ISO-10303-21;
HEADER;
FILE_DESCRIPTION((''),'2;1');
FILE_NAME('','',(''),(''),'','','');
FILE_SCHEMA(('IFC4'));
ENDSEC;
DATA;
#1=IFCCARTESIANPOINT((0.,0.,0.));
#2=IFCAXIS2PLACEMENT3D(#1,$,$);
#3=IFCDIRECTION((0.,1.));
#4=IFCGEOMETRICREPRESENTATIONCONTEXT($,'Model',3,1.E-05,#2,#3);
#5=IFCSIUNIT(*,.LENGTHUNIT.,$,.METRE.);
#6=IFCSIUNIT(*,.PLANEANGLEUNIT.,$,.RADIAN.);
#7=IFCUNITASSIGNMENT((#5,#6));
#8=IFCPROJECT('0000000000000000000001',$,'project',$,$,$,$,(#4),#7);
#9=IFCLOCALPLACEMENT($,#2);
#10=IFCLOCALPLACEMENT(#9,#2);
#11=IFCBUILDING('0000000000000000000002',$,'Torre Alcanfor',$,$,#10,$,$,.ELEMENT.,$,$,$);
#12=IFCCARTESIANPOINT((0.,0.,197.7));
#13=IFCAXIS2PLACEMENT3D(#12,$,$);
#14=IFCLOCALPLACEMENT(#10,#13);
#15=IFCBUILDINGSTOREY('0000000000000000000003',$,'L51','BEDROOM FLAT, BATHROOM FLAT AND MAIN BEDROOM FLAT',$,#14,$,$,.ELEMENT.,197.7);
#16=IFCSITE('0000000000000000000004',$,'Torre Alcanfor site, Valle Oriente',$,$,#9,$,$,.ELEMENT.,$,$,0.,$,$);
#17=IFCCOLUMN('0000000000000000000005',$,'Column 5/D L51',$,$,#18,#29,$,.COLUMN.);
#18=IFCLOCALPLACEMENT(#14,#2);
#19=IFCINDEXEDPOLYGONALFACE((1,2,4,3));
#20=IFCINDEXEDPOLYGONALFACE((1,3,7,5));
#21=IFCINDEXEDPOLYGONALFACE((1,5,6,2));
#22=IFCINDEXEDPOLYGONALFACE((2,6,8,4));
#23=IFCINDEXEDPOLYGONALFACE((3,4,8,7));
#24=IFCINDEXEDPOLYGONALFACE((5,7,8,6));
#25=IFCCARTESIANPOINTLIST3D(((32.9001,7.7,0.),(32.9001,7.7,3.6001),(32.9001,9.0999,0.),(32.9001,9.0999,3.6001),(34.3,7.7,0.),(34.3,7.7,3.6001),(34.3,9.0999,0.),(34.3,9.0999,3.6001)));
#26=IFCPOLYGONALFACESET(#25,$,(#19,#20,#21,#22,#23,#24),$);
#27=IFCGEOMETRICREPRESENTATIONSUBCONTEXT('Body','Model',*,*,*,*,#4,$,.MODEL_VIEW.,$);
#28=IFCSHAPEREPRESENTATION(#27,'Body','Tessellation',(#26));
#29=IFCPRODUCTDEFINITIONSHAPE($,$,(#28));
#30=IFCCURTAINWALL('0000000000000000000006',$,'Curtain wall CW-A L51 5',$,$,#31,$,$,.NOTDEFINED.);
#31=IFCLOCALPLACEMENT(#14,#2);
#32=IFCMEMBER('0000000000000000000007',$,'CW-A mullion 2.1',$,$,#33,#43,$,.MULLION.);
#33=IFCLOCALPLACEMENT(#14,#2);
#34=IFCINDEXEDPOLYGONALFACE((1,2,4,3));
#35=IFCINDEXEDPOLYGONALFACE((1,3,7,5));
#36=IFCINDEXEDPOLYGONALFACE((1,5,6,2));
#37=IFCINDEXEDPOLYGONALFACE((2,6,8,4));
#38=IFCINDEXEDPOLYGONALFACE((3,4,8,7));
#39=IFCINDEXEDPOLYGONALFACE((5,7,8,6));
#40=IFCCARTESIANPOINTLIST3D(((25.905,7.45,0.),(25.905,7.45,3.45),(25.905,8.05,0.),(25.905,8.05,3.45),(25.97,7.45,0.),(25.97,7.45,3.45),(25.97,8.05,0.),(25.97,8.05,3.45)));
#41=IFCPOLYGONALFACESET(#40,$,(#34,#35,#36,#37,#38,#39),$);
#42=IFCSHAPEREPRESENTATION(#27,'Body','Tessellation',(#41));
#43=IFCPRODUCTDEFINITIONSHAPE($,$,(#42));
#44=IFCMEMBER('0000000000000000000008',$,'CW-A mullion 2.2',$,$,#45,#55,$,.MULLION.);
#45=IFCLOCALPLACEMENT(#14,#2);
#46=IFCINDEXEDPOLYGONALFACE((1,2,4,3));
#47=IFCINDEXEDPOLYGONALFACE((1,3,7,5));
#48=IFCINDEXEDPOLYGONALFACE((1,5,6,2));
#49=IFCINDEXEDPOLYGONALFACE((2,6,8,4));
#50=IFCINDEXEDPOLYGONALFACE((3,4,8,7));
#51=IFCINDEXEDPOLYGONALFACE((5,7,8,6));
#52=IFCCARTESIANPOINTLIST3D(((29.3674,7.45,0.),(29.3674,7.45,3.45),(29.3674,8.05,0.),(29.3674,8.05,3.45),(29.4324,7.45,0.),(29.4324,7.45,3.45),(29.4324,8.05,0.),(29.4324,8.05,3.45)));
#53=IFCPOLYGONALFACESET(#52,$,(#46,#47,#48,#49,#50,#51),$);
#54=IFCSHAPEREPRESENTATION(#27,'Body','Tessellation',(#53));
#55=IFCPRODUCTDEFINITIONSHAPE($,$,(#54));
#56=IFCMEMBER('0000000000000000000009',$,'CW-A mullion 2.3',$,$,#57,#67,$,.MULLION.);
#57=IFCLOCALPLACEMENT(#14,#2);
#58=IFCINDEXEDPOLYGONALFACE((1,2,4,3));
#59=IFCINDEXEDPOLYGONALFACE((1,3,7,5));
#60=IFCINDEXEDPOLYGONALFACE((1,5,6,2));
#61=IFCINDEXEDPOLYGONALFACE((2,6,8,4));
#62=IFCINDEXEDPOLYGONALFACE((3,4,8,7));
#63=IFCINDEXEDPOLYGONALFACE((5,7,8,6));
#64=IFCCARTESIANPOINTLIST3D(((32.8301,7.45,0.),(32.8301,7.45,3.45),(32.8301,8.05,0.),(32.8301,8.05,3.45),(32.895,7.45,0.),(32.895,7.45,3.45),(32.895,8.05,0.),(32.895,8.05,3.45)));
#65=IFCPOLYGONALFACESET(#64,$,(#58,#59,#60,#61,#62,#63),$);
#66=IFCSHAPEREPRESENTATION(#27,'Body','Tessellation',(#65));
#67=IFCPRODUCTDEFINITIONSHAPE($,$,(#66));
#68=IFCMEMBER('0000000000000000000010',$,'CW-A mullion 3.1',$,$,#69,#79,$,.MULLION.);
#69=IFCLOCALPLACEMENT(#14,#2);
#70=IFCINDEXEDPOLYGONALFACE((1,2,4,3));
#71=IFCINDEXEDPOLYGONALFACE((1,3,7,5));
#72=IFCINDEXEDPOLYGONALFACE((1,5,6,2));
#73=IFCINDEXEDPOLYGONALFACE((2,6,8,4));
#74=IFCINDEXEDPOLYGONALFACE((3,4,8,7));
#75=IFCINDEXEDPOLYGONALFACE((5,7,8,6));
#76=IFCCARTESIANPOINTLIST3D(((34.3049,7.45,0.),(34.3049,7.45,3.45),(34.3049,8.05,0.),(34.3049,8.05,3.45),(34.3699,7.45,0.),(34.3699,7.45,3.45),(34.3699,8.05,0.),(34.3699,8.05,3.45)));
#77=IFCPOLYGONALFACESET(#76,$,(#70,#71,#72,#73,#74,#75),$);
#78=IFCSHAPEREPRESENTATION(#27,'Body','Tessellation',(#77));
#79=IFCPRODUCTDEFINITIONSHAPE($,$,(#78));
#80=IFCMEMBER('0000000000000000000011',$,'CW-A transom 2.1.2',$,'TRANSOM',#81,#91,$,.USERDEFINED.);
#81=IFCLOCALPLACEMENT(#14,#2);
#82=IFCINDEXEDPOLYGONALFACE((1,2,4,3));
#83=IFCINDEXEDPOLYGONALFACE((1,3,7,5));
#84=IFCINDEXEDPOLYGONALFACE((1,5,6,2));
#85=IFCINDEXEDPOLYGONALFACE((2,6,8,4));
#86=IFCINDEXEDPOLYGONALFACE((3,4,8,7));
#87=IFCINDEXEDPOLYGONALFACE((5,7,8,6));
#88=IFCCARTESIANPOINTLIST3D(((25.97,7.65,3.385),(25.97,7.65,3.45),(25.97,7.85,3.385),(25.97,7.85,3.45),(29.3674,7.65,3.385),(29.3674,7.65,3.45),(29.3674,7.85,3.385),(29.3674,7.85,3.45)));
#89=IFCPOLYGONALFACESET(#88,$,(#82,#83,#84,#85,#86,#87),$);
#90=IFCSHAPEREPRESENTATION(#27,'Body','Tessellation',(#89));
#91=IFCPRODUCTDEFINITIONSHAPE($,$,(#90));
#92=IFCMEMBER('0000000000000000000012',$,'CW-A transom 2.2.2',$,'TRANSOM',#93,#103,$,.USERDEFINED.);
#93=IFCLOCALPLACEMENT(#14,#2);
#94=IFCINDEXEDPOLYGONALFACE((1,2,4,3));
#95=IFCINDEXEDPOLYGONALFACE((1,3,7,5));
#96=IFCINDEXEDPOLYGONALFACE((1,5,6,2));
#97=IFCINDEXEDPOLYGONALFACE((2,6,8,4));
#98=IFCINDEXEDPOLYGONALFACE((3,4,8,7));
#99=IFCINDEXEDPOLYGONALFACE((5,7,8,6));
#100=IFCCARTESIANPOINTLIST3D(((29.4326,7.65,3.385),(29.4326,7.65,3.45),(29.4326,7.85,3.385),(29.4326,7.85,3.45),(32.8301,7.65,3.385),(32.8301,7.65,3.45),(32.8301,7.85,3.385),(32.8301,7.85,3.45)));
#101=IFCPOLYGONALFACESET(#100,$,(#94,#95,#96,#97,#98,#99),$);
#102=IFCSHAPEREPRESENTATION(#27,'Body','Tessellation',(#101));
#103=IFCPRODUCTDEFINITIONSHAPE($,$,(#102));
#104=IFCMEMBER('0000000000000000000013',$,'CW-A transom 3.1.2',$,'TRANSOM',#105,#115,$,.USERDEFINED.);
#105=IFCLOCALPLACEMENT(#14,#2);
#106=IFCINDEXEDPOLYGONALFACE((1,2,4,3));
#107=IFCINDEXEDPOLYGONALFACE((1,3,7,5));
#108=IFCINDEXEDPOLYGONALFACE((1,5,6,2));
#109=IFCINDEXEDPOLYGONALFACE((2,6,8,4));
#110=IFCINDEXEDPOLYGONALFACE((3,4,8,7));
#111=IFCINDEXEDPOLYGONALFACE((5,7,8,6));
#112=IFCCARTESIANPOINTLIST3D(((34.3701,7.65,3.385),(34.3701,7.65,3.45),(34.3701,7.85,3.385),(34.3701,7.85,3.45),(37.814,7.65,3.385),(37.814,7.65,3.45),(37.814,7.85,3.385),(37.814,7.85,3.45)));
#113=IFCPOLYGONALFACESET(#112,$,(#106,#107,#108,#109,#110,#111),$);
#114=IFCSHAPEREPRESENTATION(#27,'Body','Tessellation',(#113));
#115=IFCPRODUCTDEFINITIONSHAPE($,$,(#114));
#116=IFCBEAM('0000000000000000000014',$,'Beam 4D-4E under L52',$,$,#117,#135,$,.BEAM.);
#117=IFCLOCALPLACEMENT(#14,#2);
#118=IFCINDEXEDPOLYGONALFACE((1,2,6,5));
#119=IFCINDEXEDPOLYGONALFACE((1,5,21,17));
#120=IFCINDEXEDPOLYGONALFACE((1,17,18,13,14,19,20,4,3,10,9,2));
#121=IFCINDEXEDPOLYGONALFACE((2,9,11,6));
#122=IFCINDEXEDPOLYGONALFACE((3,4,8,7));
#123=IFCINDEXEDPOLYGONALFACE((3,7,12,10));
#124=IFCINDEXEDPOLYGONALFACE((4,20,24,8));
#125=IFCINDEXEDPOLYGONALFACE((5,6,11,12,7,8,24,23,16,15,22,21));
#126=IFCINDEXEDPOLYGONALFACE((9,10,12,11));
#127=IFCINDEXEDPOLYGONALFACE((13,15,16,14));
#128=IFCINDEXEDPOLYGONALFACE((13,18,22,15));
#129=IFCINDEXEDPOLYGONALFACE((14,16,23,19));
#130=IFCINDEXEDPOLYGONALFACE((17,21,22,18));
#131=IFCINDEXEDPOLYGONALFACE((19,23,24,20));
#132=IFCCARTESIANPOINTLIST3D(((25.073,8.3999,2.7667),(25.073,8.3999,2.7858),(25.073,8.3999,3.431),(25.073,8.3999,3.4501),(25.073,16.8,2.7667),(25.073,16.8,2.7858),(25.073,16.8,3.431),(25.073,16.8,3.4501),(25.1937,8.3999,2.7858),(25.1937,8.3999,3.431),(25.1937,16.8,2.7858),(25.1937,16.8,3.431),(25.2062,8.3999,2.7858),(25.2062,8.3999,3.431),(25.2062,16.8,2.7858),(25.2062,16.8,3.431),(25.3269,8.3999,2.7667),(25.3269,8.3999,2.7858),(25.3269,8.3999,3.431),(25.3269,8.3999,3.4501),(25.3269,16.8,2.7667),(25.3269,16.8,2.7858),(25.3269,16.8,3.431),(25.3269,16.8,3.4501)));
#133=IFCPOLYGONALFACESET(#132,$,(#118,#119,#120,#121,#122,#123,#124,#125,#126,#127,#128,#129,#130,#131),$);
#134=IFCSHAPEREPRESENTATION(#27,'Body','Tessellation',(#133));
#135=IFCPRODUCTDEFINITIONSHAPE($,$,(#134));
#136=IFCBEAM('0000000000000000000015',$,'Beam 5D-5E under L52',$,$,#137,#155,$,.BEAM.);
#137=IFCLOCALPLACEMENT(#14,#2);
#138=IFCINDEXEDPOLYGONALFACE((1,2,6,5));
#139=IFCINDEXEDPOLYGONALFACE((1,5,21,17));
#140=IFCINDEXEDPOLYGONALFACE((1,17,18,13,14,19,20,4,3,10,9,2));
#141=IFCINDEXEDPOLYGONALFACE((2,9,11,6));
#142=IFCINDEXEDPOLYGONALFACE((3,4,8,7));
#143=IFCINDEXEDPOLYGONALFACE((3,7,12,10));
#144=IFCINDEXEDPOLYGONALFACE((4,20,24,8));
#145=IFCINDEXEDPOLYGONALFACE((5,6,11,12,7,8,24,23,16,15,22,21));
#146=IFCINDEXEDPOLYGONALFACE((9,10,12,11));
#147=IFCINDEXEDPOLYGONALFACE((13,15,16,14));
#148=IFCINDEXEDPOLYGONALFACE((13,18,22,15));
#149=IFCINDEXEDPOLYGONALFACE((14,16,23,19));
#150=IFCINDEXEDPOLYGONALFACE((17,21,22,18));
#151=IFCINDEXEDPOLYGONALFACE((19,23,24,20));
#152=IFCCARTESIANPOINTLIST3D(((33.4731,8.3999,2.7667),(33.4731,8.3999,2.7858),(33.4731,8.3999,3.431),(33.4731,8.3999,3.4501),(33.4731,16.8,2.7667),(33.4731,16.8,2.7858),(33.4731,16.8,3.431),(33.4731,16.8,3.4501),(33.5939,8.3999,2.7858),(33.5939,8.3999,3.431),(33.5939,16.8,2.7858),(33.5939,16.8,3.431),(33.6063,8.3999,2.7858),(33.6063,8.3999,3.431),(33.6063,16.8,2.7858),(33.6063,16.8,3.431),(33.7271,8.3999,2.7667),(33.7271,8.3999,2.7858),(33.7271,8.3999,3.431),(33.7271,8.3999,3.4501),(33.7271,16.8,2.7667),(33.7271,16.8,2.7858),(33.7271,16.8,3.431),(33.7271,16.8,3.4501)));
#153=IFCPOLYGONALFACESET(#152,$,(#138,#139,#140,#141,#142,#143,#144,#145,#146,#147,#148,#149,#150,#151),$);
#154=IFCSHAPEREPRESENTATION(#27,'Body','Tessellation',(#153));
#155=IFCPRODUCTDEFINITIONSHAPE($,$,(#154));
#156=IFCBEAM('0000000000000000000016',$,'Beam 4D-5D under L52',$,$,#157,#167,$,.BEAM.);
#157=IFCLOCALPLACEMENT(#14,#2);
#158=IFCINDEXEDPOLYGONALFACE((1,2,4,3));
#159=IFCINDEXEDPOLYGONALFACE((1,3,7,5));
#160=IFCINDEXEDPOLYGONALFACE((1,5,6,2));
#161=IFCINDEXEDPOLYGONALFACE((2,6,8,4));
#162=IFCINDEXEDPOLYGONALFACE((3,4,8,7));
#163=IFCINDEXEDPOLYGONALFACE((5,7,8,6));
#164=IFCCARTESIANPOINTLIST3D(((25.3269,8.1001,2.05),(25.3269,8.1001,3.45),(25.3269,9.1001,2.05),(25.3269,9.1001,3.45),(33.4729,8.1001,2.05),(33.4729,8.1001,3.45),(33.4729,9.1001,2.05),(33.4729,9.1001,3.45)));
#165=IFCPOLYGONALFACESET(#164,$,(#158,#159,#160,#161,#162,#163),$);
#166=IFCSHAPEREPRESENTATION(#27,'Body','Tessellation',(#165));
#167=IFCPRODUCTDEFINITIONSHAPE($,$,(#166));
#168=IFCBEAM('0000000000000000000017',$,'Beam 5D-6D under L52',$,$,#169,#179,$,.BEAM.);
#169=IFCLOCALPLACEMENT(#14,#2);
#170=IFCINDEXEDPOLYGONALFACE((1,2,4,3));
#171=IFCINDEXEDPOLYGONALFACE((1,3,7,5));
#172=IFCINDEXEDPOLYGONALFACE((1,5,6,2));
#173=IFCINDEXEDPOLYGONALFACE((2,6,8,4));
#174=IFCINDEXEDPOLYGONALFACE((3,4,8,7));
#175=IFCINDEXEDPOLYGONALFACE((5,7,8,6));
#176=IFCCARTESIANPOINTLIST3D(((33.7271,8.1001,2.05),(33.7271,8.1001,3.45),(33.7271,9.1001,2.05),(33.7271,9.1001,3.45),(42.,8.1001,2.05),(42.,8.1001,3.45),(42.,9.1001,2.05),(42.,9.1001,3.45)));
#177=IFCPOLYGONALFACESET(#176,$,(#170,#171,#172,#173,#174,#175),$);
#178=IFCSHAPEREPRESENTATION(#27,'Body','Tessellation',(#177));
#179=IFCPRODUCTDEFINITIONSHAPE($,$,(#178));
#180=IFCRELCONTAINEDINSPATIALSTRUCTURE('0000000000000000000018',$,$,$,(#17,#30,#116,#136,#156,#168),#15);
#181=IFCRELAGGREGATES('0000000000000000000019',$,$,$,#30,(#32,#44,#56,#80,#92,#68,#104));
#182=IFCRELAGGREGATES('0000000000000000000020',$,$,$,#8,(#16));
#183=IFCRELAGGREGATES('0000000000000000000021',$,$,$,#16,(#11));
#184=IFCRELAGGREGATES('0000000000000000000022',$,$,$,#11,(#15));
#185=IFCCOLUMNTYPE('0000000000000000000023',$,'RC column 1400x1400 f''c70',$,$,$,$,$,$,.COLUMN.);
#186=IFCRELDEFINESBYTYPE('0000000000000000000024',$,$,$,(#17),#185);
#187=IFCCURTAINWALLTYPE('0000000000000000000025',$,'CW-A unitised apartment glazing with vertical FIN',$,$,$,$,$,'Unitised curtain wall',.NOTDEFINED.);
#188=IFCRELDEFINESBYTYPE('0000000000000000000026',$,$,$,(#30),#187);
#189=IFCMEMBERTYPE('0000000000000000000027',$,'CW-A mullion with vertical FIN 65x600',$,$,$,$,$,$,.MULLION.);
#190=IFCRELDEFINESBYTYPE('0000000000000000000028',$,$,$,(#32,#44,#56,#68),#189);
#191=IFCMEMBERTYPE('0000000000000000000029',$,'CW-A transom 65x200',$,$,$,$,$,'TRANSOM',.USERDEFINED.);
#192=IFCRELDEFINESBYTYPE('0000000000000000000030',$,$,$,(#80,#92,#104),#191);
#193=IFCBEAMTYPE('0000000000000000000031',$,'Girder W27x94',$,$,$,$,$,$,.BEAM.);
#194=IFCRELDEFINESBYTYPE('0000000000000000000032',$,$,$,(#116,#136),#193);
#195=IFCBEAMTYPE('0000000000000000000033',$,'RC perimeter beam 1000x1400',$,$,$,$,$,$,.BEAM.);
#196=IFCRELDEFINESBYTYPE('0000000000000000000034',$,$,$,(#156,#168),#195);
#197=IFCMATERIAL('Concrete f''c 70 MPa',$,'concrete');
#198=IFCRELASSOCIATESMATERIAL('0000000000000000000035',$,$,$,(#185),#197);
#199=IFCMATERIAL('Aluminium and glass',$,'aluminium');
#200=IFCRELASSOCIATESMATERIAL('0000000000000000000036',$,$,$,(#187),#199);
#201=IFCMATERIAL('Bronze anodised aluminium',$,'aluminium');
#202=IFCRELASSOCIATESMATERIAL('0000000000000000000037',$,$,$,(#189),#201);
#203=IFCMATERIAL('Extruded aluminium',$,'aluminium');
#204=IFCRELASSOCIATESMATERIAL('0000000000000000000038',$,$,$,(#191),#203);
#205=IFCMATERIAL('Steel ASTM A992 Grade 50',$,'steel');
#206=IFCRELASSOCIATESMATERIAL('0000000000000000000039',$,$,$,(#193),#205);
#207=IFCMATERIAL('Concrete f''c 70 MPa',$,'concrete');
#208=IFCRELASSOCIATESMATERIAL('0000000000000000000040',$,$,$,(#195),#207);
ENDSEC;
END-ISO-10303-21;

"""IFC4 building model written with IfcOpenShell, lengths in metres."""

from ifc_helpers import new_model, si_unit, direction, frame, origin, origin_2d, place, context, subcontext, project, spatial, rectangle, i_section, extrude, material, material_profile, profile_set, type_object, element, aggregate, save


model = new_model("IFC4")

# Units and contexts
model_context = context("Model", 3, precision=1e-05, world=origin(), true_north=direction((0.0, 1.0)))
body_context = subcontext(model_context, "Body", "Model", "MODEL_VIEW")
ifc_project = project(units=[si_unit("LENGTHUNIT", "METRE"), si_unit("PLANEANGLEUNIT", "RADIAN")], contexts=[model_context])

# Site, building, storey
site_placement = place(None, origin())
site = spatial("IfcSite", under=ifc_project, at=site_placement, Name="Torre Alcanfor site, Valle Oriente", CompositionType="ELEMENT", RefElevation=0.0)
building_placement = place(site_placement, origin())
building = spatial("IfcBuilding", under=site, at=building_placement, Name="Torre Alcanfor", CompositionType="ELEMENT")
storey_placement = place(building_placement, frame((0.0, 0.0, 197.7)))
storey = spatial("IfcBuildingStorey", under=building, at=storey_placement, Name="L51", Description="BEDROOM FLAT, BATHROOM FLAT AND MAIN BEDROOM FLAT", CompositionType="ELEMENT", Elevation=197.7)

# Column
ifc_material_1 = material(Name="Concrete f'c 70 MPa", Category="concrete")
ifc_material_profile_1 = material_profile(ifc_material_1, rectangle(XDim=1.3999, YDim=1.3999, at=origin_2d()), Name="1400x1400")
ifc_profile_set_1 = profile_set([ifc_material_profile_1], Name="Concrete f'c 70 MPa")
column_type = type_object("IfcColumnType", Name="RC column 1400x1400 f'c70", PredefinedType="COLUMN", material=ifc_profile_set_1)
column_placement = place(storey_placement, frame((33.6001, 8.3999, 0.0), z_axis=(0.0, 0.0, 1.0), x_axis=(1.0, 0.0, 0.0)))
element("IfcColumn", 1, at=column_placement, inside=storey, type_object=column_type, Name="Column 5/D L51", PredefinedType="COLUMN", context=body_context, shape_type="SweptSolid", body=[
    extrude(rectangle(XDim=1.3999, YDim=1.3999, at=origin_2d()), origin(), (0.0, 0.0, 1.0), 3.6001),
])

# Curtain wall, members
ifc_material_2 = material(Name="Aluminium and glass", Category="aluminium")
curtain_wall_type = type_object("IfcCurtainWallType", Name="CW-A unitised apartment glazing with vertical FIN", ElementType="Unitised curtain wall", PredefinedType="NOTDEFINED", material=ifc_material_2)
curtain_wall_placement = place(storey_placement, origin())
curtain_wall = element("IfcCurtainWall", 2, at=curtain_wall_placement, inside=storey, type_object=curtain_wall_type, Name="Curtain wall CW-A L51 5", PredefinedType="NOTDEFINED")
ifc_material_3 = material(Name="Bronze anodised aluminium", Category="aluminium")
ifc_material_profile_2 = material_profile(ifc_material_3, rectangle(XDim=0.6001, YDim=0.0649, at=origin_2d()), Name="CW-A mullion 65x600")
ifc_profile_set_2 = profile_set([ifc_material_profile_2], Name="Bronze anodised aluminium")
member_type_1 = type_object("IfcMemberType", Name="CW-A mullion with vertical FIN 65x600", PredefinedType="MULLION", material=ifc_profile_set_2)
member_1_placement = place(storey_placement, frame((25.9375, 7.75, 0.0), z_axis=(0.0, 0.0, 1.0), x_axis=(0.0, 1.0, 0.0)))
member_1 = element("IfcMember", 3, at=member_1_placement, type_object=member_type_1, Name="CW-A mullion 2.1", PredefinedType="MULLION", context=body_context, shape_type="SweptSolid", body=[
    extrude(rectangle(XDim=0.6001, YDim=0.0649, at=origin_2d()), origin(), (0.0, 0.0, 1.0), 3.45),
])
member_2_placement = place(storey_placement, frame((29.3999, 7.75, 0.0), z_axis=(0.0, 0.0, 1.0), x_axis=(0.0, 1.0, 0.0)))
member_2 = element("IfcMember", 4, at=member_2_placement, type_object=member_type_1, Name="CW-A mullion 2.2", PredefinedType="MULLION", context=body_context, shape_type="SweptSolid", body=[
    extrude(rectangle(XDim=0.6001, YDim=0.0649, at=origin_2d()), origin(), (0.0, 0.0, 1.0), 3.45),
])
member_3_placement = place(storey_placement, frame((32.8625, 7.75, 0.0), z_axis=(0.0, 0.0, 1.0), x_axis=(0.0, 1.0, 0.0)))
member_3 = element("IfcMember", 5, at=member_3_placement, type_object=member_type_1, Name="CW-A mullion 2.3", PredefinedType="MULLION", context=body_context, shape_type="SweptSolid", body=[
    extrude(rectangle(XDim=0.6001, YDim=0.0649, at=origin_2d()), origin(), (0.0, 0.0, 1.0), 3.45),
])
member_4_placement = place(storey_placement, frame((34.3374, 7.75, 0.0), z_axis=(0.0, 0.0, 1.0), x_axis=(0.0, 1.0, 0.0)))
member_4 = element("IfcMember", 6, at=member_4_placement, type_object=member_type_1, Name="CW-A mullion 3.1", PredefinedType="MULLION", context=body_context, shape_type="SweptSolid", body=[
    extrude(rectangle(XDim=0.6001, YDim=0.0649, at=origin_2d()), origin(), (0.0, 0.0, 1.0), 3.45),
])
ifc_material_4 = material(Name="Extruded aluminium", Category="aluminium")
ifc_material_profile_3 = material_profile(ifc_material_4, rectangle(XDim=0.2, YDim=0.0649, at=origin_2d()), Name="CW-A transom 200x65")
ifc_profile_set_3 = profile_set([ifc_material_profile_3], Name="Extruded aluminium")
member_type_2 = type_object("IfcMemberType", Name="CW-A transom 65x200", ElementType="TRANSOM", PredefinedType="USERDEFINED", material=ifc_profile_set_3)
member_5_placement = place(storey_placement, frame((25.97, 7.75, 3.4175), z_axis=(1.0, 0.0, 0.0), x_axis=(0.0, 1.0, 0.0)))
member_5 = element("IfcMember", 7, at=member_5_placement, type_object=member_type_2, Name="CW-A transom 2.1.2", ObjectType="TRANSOM", PredefinedType="USERDEFINED", context=body_context, shape_type="SweptSolid", body=[
    extrude(rectangle(XDim=0.2, YDim=0.0649, at=origin_2d()), origin(), (0.0, 0.0, 1.0), 3.3975),
])
member_6_placement = place(storey_placement, frame((29.4326, 7.75, 3.4175), z_axis=(1.0, 0.0, 0.0), x_axis=(0.0, 1.0, 0.0)))
member_6 = element("IfcMember", 8, at=member_6_placement, type_object=member_type_2, Name="CW-A transom 2.2.2", ObjectType="TRANSOM", PredefinedType="USERDEFINED", context=body_context, shape_type="SweptSolid", body=[
    extrude(rectangle(XDim=0.2, YDim=0.0649, at=origin_2d()), origin(), (0.0, 0.0, 1.0), 3.3975),
])
member_7_placement = place(storey_placement, frame((34.3701, 7.75, 3.4175), z_axis=(1.0, 0.0, 0.0), x_axis=(0.0, 1.0, 0.0)))
member_7 = element("IfcMember", 9, at=member_7_placement, type_object=member_type_2, Name="CW-A transom 3.1.2", ObjectType="TRANSOM", PredefinedType="USERDEFINED", context=body_context, shape_type="SweptSolid", body=[
    extrude(rectangle(XDim=0.2, YDim=0.0649, at=origin_2d()), origin(), (0.0, 0.0, 1.0), 3.4438),
])

# Beams
ifc_material_5 = material(Name="Steel ASTM A992 Grade 50", Category="steel")
ifc_material_profile_4 = material_profile(ifc_material_5, i_section(OverallWidth=0.2539, OverallDepth=0.6833, WebThickness=0.0125, FlangeThickness=0.019, at=origin_2d()), Name="W27x94")
ifc_profile_set_4 = profile_set([ifc_material_profile_4], Name="Steel ASTM A992 Grade 50")
beam_type_1 = type_object("IfcBeamType", Name="Girder W27x94", PredefinedType="BEAM", material=ifc_profile_set_4)
for number, where, z_axis, x_axis, name in (
    (10, (25.2, 8.3999, 3.1084), (0.0, 1.0, 0.0), (-1.0, 0.0, 0.0), "Beam 4D-4E under L52"),
    (11, (33.6001, 8.3999, 3.1084), (0.0, 1.0, 0.0), (-1.0, 0.0, 0.0), "Beam 5D-5E under L52"),
):
    element("IfcBeam", number, at=place(storey_placement, frame(where, z_axis=z_axis, x_axis=x_axis)), inside=storey, type_object=beam_type_1, Name=name, PredefinedType="BEAM", context=body_context, shape_type="SweptSolid", body=[
        extrude(i_section(OverallWidth=0.2539, OverallDepth=0.6833, WebThickness=0.0125, FlangeThickness=0.019, at=origin_2d()), origin(), (0.0, 0.0, 1.0), 8.4001),
    ])
ifc_material_6 = material(Name="Concrete f'c 70 MPa", Category="concrete")
ifc_material_profile_5 = material_profile(ifc_material_6, rectangle(XDim=1.0, YDim=1.3999, at=origin_2d()), Name="1000x1400")
ifc_profile_set_5 = profile_set([ifc_material_profile_5], Name="Concrete f'c 70 MPa")
beam_type_2 = type_object("IfcBeamType", Name="RC perimeter beam 1000x1400", PredefinedType="BEAM", material=ifc_profile_set_5)
beam_1_placement = place(storey_placement, frame((25.3269, 8.6001, 2.75), z_axis=(1.0, 0.0, 0.0), x_axis=(0.0, 1.0, 0.0)))
element("IfcBeam", 12, at=beam_1_placement, inside=storey, type_object=beam_type_2, Name="Beam 4D-5D under L52", PredefinedType="BEAM", context=body_context, shape_type="SweptSolid", body=[
    extrude(rectangle(XDim=1.0, YDim=1.3999, at=origin_2d()), origin(), (0.0, 0.0, 1.0), 8.146),
])
beam_2_placement = place(storey_placement, frame((33.7271, 8.6001, 2.75), z_axis=(1.0, 0.0, 0.0), x_axis=(0.0, 1.0, 0.0)))
element("IfcBeam", 13, at=beam_2_placement, inside=storey, type_object=beam_type_2, Name="Beam 5D-6D under L52", PredefinedType="BEAM", context=body_context, shape_type="SweptSolid", body=[
    extrude(rectangle(XDim=1.0, YDim=1.3999, at=origin_2d()), origin(), (0.0, 0.0, 1.0), 8.2729),
])

aggregate(curtain_wall, [member_1, member_2, member_3, member_5, member_6, member_4, member_7])

save(model, "model.ifc")
